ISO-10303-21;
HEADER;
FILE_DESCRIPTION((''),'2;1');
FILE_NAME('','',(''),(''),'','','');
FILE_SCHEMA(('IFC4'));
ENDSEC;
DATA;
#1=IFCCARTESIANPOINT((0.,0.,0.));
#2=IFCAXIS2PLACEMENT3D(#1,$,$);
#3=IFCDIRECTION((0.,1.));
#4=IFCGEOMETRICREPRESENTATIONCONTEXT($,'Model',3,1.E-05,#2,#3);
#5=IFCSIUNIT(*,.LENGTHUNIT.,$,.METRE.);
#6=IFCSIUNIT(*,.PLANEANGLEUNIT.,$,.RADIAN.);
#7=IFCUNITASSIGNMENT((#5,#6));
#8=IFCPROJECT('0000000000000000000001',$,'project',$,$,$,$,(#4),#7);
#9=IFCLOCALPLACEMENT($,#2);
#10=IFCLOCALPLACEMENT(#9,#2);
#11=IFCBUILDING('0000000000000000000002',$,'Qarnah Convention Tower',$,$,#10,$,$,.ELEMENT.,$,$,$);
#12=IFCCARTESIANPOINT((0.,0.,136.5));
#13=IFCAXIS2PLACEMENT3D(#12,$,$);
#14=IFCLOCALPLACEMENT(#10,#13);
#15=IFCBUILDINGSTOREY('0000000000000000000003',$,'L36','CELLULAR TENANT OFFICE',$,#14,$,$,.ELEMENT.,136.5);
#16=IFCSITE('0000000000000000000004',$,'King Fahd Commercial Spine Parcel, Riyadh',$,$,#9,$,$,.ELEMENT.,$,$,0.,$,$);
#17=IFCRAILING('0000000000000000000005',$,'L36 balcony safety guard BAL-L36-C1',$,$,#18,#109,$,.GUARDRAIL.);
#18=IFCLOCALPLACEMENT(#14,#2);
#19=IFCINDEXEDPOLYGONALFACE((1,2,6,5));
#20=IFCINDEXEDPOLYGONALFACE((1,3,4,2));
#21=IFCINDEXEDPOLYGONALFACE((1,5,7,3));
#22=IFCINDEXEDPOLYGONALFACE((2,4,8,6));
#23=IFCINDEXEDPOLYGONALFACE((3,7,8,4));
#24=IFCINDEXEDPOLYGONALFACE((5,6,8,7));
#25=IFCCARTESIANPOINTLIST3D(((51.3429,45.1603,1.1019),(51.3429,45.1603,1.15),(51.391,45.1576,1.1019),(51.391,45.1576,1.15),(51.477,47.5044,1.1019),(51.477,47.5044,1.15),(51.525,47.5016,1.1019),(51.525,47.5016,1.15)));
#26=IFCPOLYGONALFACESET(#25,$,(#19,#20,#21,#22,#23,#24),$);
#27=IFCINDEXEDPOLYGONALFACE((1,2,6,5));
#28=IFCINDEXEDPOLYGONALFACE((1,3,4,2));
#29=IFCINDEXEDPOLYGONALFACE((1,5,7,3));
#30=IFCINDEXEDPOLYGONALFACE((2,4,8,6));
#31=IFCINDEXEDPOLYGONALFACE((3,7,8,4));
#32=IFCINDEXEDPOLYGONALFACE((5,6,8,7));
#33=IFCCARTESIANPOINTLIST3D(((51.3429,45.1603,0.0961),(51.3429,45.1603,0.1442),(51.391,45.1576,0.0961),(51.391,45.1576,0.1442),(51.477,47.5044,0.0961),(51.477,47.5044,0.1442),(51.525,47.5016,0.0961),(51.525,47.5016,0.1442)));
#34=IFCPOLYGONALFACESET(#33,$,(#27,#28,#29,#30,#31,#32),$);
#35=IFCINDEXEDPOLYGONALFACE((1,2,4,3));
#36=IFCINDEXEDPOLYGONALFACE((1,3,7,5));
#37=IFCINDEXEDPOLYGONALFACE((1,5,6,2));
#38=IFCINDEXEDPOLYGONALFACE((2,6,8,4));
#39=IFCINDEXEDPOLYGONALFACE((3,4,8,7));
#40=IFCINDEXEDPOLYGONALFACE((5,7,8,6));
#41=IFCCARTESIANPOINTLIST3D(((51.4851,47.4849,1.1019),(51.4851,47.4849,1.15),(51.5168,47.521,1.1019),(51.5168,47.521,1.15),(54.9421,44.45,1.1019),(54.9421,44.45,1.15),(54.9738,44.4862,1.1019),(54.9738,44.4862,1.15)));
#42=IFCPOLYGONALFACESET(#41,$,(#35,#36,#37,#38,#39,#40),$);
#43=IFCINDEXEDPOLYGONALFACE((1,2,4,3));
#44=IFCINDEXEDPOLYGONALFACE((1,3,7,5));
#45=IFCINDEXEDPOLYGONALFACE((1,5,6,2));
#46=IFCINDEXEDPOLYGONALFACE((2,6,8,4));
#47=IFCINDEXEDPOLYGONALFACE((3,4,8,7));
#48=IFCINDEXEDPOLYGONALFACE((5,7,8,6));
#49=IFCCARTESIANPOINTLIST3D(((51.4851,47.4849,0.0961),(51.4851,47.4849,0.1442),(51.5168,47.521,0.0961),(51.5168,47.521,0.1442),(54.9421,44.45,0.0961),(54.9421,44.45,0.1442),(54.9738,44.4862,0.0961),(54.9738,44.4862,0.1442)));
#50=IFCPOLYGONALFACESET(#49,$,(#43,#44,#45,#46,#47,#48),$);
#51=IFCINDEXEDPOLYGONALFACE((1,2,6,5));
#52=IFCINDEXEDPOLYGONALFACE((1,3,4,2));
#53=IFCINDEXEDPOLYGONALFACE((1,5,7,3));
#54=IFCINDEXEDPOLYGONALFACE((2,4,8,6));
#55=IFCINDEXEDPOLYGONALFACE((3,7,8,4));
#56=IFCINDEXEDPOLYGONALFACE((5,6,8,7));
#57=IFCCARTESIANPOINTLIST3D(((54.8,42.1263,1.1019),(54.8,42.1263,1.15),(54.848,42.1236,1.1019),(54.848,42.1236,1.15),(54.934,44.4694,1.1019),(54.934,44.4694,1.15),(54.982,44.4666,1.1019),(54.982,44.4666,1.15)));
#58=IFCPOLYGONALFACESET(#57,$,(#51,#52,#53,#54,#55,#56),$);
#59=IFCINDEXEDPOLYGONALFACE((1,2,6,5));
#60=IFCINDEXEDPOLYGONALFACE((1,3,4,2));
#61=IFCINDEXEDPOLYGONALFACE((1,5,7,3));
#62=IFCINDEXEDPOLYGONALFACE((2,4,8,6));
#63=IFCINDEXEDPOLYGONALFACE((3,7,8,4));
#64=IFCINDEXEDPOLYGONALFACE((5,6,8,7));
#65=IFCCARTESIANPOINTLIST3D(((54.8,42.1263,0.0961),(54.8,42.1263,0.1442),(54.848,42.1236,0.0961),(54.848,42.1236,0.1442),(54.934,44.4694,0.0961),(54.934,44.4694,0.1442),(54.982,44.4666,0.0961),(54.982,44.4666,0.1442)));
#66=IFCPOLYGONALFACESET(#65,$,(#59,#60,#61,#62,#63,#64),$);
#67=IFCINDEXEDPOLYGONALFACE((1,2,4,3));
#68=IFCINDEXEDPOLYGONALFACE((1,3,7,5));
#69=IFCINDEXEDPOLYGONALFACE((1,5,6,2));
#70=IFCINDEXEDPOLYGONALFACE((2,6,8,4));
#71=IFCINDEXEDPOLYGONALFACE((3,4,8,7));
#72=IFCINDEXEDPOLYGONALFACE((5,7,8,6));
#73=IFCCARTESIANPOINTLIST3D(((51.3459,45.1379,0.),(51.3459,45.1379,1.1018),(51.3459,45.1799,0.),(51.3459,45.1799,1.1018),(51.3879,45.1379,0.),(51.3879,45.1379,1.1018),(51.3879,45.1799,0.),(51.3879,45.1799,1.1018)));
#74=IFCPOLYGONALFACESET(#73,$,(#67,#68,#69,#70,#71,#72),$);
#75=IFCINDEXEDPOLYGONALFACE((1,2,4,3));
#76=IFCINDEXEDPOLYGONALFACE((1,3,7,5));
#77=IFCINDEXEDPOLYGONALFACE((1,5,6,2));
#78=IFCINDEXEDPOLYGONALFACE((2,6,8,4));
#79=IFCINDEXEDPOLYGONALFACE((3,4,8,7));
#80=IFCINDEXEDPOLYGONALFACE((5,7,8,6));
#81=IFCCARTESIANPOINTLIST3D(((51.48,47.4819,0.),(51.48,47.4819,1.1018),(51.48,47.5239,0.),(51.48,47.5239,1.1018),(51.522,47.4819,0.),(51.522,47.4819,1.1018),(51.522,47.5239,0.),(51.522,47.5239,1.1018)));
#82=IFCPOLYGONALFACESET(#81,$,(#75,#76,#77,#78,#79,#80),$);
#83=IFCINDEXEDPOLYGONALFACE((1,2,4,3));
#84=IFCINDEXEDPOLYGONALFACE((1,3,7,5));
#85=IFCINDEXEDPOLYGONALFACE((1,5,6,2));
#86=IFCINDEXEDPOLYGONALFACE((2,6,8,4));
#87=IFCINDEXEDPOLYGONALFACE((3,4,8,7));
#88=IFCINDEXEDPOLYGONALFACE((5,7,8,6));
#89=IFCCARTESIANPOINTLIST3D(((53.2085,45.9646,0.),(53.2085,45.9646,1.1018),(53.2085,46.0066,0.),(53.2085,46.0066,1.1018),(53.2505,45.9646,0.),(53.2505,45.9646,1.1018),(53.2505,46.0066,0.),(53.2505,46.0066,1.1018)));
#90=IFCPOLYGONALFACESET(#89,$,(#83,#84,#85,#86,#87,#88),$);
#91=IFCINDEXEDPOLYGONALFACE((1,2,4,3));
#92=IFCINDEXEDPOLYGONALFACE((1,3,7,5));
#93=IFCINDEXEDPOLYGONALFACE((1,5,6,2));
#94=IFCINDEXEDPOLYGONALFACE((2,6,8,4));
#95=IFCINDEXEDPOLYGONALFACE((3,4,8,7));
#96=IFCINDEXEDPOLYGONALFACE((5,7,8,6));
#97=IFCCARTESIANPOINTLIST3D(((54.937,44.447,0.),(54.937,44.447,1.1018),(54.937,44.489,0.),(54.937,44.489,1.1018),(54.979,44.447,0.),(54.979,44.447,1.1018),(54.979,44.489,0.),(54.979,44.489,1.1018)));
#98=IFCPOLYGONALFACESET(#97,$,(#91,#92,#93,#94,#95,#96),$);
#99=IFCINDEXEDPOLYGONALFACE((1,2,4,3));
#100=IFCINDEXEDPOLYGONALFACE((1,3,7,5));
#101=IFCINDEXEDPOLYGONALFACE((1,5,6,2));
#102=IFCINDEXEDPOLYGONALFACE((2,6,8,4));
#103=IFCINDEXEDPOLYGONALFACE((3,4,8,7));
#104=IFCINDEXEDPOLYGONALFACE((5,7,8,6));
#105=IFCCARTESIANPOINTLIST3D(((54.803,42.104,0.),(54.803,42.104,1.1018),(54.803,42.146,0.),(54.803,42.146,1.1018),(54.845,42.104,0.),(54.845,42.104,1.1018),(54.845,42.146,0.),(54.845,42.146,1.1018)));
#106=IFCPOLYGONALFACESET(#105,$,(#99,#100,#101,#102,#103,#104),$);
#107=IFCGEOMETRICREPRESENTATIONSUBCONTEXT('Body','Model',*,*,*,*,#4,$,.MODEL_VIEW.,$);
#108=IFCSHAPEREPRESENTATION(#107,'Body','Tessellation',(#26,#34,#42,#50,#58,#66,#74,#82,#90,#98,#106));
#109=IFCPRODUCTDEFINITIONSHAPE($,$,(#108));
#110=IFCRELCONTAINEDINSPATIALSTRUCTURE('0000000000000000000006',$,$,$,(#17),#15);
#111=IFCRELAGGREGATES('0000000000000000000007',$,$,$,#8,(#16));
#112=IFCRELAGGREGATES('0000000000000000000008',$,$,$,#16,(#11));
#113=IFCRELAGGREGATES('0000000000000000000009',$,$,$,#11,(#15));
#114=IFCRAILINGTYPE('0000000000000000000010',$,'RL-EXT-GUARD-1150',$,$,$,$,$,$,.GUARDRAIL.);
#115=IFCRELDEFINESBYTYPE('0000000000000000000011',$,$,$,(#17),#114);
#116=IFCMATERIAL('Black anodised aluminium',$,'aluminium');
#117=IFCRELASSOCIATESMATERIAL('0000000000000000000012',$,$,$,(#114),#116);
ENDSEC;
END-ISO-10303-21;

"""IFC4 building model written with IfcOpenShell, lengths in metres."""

from ifc_helpers import new_model, si_unit, direction, frame, origin, origin_2d, place, context, subcontext, project, spatial, rectangle, extrude, material, type_object, element, save


model = new_model("IFC4")

# Units and contexts
model_context = context("Model", 3, precision=1e-05, world=origin(), true_north=direction((0.0, 1.0)))
body_context = subcontext(model_context, "Body", "Model", "MODEL_VIEW")
ifc_project = project(units=[si_unit("LENGTHUNIT", "METRE"), si_unit("PLANEANGLEUNIT", "RADIAN")], contexts=[model_context])

# Site, building, storey
site_placement = place(None, origin())
site = spatial("IfcSite", under=ifc_project, at=site_placement, Name="King Fahd Commercial Spine Parcel, Riyadh", CompositionType="ELEMENT", RefElevation=0.0)
building_placement = place(site_placement, origin())
building = spatial("IfcBuilding", under=site, at=building_placement, Name="Qarnah Convention Tower", CompositionType="ELEMENT")
storey_placement = place(building_placement, frame((0.0, 0.0, 136.5)))
storey = spatial("IfcBuildingStorey", under=building, at=storey_placement, Name="L36", Description="CELLULAR TENANT OFFICE", CompositionType="ELEMENT", Elevation=136.5)

# Shared definitions
ifc_material_1 = material(Name="Black anodised aluminium", Category="aluminium")

# Railing
railing_type = type_object("IfcRailingType", Name="RL-EXT-GUARD-1150", PredefinedType="GUARDRAIL", material=ifc_material_1)
railing_1_placement = place(storey_placement, frame((51.3669, 45.1589, 0.0)))
element("IfcRailing", 1, at=railing_1_placement, inside=storey, type_object=railing_type, Name="L36 balcony safety guard BAL-L36-C1", PredefinedType="GUARDRAIL", context=body_context, shape_type="SweptSolid", body=[
    extrude(rectangle(XDim=0.0481, YDim=0.0481, at=origin_2d()), frame((0.0, 0.0, 1.126), z_axis=(0.057088, 0.998369, 0.0), x_axis=(-0.998369, 0.057088, 0.0)), (0.0, 0.0, 1.0), 2.3479),
    extrude(rectangle(XDim=0.0481, YDim=0.0481, at=origin_2d()), frame((0.0, 0.0, 0.1201), z_axis=(0.057088, 0.998369, 0.0), x_axis=(-0.998369, 0.057088, 0.0)), (0.0, 0.0, 1.0), 2.3479),
    extrude(rectangle(XDim=0.0481, YDim=0.0481, at=origin_2d()), frame((0.134, 2.344, 1.126), z_axis=(0.751497, -0.659736, 0.0), x_axis=(0.659736, 0.751497, 0.0)), (0.0, 0.0, 1.0), 4.6001),
    extrude(rectangle(XDim=0.0481, YDim=0.0481, at=origin_2d()), frame((0.134, 2.344, 0.1201), z_axis=(0.751497, -0.659736, 0.0), x_axis=(0.659736, 0.751497, 0.0)), (0.0, 0.0, 1.0), 4.6001),
    extrude(rectangle(XDim=0.0481, YDim=0.0481, at=origin_2d()), frame((3.5911, -0.6909, 1.126), z_axis=(-0.057112, -0.998368, 0.0), x_axis=(0.998368, -0.057112, 0.0)), (0.0, 0.0, 1.0), 2.3469),
    extrude(rectangle(XDim=0.0481, YDim=0.0481, at=origin_2d()), frame((3.5911, -0.6909, 0.1201), z_axis=(-0.057112, -0.998368, 0.0), x_axis=(0.998368, -0.057112, 0.0)), (0.0, 0.0, 1.0), 2.3469),
    extrude(rectangle(XDim=0.042, YDim=0.042, at=origin_2d()), origin(), (0.0, 0.0, 1.0), 1.1018),
    extrude(rectangle(XDim=0.042, YDim=0.042, at=origin_2d()), frame((0.134, 2.344, 0.0)), (0.0, 0.0, 1.0), 1.1018),
    extrude(rectangle(XDim=0.042, YDim=0.042, at=origin_2d()), frame((1.8625, 0.8267, 0.0)), (0.0, 0.0, 1.0), 1.1018),
    extrude(rectangle(XDim=0.042, YDim=0.042, at=origin_2d()), frame((3.5911, -0.6909, 0.0)), (0.0, 0.0, 1.0), 1.1018),
    extrude(rectangle(XDim=0.042, YDim=0.042, at=origin_2d()), frame((3.457, -3.0339, 0.0)), (0.0, 0.0, 1.0), 1.1018),
])

save(model, "model.ifc")
